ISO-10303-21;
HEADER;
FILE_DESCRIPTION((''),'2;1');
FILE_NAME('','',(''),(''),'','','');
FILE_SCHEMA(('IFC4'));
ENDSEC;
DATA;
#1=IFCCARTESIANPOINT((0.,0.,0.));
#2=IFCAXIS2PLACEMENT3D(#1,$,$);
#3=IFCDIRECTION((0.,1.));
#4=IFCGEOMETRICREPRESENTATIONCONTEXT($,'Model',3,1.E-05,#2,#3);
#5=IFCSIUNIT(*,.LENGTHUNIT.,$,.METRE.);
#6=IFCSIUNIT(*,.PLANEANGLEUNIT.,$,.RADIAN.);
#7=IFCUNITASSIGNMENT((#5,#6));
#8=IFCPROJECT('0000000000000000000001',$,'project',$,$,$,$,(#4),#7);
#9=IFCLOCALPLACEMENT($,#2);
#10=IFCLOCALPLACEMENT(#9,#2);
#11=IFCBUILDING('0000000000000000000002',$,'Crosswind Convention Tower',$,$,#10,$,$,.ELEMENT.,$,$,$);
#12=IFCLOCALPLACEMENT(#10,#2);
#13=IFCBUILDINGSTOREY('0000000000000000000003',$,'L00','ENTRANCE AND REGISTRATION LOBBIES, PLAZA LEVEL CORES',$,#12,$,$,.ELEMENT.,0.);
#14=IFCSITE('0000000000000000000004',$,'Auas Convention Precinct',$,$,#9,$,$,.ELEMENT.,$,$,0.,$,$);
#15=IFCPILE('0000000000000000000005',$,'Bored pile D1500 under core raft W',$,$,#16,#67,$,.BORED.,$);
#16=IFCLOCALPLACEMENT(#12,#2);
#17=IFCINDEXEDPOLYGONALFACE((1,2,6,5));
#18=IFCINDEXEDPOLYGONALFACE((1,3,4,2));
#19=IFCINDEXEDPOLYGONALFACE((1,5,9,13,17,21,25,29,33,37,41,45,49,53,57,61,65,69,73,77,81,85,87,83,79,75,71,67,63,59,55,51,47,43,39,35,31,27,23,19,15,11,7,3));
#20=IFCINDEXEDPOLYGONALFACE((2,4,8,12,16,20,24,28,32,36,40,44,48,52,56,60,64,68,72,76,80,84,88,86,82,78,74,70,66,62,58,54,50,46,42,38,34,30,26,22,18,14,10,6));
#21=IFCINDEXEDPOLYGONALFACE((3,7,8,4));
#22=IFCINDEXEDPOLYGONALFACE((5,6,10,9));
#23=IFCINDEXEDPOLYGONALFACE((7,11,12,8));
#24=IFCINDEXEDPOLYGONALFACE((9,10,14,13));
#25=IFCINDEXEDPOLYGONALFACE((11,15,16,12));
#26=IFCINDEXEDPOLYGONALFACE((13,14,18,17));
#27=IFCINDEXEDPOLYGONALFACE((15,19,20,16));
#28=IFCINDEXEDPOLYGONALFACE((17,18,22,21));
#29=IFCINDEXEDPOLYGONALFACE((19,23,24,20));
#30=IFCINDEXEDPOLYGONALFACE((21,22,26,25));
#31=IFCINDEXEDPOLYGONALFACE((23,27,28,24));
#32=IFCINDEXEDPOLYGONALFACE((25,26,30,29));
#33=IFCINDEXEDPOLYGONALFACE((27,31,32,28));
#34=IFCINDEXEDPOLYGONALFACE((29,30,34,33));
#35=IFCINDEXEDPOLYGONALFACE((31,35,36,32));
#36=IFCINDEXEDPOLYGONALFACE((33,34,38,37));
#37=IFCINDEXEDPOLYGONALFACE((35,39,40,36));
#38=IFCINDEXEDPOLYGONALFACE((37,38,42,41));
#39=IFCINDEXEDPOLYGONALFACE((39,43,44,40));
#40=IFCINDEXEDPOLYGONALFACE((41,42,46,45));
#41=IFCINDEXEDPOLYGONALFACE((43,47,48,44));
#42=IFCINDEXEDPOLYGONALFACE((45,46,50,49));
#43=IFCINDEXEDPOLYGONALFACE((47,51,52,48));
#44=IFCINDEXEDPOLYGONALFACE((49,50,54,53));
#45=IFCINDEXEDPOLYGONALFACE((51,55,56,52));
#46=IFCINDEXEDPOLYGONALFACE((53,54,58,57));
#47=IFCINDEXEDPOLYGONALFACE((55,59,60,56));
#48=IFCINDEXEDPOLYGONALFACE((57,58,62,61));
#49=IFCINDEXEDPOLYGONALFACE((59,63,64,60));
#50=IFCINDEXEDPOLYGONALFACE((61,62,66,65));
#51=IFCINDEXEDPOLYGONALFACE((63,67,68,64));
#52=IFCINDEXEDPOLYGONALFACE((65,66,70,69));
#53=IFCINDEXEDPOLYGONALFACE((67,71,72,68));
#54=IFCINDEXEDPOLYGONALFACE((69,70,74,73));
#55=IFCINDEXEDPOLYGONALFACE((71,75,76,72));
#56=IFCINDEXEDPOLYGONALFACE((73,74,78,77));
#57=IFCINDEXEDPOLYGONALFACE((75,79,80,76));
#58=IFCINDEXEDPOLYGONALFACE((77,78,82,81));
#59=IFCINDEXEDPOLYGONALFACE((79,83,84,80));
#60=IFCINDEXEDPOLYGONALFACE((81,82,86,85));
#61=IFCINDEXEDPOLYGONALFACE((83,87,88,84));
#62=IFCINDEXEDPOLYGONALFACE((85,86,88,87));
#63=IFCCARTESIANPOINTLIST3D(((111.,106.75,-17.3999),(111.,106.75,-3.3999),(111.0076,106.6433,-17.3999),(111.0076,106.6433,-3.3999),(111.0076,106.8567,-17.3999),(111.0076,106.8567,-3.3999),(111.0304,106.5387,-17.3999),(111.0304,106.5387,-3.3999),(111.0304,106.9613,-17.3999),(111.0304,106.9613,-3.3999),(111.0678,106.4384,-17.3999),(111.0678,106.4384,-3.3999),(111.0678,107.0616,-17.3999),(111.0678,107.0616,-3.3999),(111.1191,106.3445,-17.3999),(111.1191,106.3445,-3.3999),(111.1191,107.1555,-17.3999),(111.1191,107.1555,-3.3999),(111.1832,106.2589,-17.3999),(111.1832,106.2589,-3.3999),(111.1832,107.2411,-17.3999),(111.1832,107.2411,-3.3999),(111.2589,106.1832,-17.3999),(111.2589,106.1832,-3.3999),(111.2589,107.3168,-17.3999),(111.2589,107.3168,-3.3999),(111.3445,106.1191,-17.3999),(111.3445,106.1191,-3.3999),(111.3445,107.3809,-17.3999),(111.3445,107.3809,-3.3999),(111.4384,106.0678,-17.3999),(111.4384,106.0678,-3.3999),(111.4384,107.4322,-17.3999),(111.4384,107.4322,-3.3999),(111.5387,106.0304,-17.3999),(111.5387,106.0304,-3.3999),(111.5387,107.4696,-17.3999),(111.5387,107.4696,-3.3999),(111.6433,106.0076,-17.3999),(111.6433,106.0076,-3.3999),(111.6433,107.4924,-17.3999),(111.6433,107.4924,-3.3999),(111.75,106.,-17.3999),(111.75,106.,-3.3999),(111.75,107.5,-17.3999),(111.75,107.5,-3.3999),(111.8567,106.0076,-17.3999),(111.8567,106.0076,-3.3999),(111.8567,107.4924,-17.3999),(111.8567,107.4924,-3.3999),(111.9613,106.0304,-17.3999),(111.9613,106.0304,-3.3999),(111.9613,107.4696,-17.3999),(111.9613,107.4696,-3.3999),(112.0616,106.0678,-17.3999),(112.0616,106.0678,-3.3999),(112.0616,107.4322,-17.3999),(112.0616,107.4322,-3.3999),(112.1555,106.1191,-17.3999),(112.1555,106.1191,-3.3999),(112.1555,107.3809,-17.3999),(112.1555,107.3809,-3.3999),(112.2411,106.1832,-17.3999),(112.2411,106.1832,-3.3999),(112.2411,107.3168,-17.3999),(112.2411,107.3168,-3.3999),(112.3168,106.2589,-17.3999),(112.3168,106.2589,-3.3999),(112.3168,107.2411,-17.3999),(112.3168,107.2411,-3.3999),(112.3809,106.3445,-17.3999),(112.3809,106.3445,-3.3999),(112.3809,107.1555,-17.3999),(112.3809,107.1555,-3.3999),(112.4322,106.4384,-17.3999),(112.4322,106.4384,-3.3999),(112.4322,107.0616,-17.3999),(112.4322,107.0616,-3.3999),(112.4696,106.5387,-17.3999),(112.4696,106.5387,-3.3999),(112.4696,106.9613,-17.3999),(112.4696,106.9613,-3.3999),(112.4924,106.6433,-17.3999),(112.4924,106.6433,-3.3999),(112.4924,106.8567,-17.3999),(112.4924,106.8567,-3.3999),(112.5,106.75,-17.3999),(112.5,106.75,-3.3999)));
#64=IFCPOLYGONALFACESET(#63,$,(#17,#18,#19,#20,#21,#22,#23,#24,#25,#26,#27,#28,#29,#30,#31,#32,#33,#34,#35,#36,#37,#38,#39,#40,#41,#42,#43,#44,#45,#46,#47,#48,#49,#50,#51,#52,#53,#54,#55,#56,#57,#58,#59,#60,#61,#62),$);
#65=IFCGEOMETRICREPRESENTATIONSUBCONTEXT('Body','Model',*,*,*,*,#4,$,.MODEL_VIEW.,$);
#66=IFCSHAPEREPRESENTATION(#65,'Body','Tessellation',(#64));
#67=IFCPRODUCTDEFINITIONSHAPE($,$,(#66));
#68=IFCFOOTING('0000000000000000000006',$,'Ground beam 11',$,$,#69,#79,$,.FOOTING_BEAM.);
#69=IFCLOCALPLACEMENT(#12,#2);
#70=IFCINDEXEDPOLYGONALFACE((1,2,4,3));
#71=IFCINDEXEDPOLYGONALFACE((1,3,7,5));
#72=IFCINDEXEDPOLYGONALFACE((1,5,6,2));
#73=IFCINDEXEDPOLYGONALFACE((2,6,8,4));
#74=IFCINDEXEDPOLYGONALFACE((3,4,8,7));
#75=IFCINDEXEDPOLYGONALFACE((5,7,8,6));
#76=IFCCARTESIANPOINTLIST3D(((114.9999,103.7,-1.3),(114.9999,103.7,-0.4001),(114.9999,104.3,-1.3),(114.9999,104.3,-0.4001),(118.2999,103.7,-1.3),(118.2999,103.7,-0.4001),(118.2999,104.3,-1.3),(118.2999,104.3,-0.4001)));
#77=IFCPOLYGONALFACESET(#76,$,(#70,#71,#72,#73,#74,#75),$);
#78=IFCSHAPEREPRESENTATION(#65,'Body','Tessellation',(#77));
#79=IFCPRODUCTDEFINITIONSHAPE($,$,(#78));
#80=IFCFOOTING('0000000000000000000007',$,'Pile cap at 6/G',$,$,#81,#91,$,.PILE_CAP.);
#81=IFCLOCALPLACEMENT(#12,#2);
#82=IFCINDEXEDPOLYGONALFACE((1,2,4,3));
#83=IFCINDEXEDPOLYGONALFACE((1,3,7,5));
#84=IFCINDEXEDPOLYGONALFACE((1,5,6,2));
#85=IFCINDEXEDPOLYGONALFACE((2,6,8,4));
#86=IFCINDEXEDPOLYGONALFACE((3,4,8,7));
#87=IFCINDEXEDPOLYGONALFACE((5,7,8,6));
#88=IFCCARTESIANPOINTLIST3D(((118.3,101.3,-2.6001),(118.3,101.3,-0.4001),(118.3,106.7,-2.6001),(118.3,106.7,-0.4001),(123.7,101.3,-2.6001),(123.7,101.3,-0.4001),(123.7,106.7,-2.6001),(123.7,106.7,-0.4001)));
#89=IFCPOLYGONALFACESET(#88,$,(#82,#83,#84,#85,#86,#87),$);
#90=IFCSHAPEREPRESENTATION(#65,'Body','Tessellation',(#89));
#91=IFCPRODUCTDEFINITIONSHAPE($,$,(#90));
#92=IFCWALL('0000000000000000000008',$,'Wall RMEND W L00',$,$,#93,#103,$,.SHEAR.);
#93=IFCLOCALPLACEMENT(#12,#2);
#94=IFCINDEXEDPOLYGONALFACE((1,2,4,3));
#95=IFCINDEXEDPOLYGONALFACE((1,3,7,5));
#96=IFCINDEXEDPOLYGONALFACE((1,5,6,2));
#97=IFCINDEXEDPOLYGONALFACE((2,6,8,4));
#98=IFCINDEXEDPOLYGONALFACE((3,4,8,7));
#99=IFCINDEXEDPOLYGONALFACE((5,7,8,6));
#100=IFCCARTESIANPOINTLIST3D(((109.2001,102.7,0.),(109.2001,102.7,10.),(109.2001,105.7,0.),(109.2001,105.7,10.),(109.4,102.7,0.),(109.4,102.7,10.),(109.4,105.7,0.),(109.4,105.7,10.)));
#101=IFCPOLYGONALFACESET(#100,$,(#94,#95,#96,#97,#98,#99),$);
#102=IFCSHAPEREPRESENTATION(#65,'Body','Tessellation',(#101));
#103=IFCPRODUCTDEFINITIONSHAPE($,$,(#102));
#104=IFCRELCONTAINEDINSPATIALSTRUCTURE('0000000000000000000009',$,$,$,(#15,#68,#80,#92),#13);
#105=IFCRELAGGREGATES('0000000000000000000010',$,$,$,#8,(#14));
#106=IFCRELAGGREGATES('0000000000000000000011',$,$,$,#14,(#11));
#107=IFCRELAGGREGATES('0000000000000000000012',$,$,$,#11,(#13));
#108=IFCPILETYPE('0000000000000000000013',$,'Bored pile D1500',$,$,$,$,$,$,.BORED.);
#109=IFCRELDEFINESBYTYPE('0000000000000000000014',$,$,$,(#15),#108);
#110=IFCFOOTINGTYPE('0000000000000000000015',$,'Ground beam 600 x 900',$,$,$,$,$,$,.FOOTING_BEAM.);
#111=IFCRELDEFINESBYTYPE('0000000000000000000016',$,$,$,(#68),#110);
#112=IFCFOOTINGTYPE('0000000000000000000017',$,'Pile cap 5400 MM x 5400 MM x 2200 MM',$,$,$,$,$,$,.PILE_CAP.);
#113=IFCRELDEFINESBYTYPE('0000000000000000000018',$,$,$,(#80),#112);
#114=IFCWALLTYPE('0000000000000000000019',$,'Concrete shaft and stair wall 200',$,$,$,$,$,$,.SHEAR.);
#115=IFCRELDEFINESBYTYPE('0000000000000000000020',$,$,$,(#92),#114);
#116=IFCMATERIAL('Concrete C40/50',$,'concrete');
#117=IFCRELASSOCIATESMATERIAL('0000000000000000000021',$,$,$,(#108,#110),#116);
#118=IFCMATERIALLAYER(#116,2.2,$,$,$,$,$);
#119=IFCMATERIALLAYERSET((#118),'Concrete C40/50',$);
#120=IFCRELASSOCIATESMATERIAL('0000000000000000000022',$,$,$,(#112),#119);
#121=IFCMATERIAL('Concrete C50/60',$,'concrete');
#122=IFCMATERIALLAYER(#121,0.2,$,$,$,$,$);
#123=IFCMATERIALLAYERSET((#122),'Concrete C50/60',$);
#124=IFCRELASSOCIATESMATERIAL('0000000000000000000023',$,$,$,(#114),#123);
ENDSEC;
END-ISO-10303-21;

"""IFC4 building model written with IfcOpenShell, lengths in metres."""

from ifc_helpers import new_model, si_unit, direction, frame, frame_2d, origin, origin_2d, place, context, subcontext, project, spatial, rectangle, circle, extrude, material, layer, layer_set, material_profile, profile_set, type_object, element, save


model = new_model("IFC4")

# Units and contexts
model_context = context("Model", 3, precision=1e-05, world=origin(), true_north=direction((0.0, 1.0)))
body_context = subcontext(model_context, "Body", "Model", "MODEL_VIEW")
ifc_project = project(units=[si_unit("LENGTHUNIT", "METRE"), si_unit("PLANEANGLEUNIT", "RADIAN")], contexts=[model_context])

# Site, building, storey
site_placement = place(None, origin())
site = spatial("IfcSite", under=ifc_project, at=site_placement, Name="Auas Convention Precinct", CompositionType="ELEMENT", RefElevation=0.0)
building_placement = place(site_placement, origin())
building = spatial("IfcBuilding", under=site, at=building_placement, Name="Crosswind Convention Tower", CompositionType="ELEMENT")
storey_placement = place(building_placement, origin())
storey = spatial("IfcBuildingStorey", under=building, at=storey_placement, Name="L00", Description="ENTRANCE AND REGISTRATION LOBBIES, PLAZA LEVEL CORES", CompositionType="ELEMENT", Elevation=0.0)

# Pile
ifc_material_1 = material(Name="Concrete C40/50", Category="concrete")
ifc_material_profile_1 = material_profile(ifc_material_1, circle(Radius=0.75, at=origin_2d()), Name="Bored pile D1500")
ifc_profile_set_1 = profile_set([ifc_material_profile_1], Name="Concrete C40/50")
pile_type_1 = type_object("IfcPileType", Name="Bored pile D1500", PredefinedType="BORED", material=ifc_profile_set_1)
for number, where, z_axis, x_axis, name in (
    (1, (111.75, 106.75, -3.3999), (0.0, 0.0, -1.0), (1.0, 0.0, 0.0), "Bored pile D1500 under core raft W"),
):
    element("IfcPile", number, at=place(storey_placement, frame(where, z_axis=z_axis, x_axis=x_axis)), inside=storey, type_object=pile_type_1, Name=name, PredefinedType="BORED", context=body_context, shape_type="SweptSolid", body=[
        extrude(circle(Radius=0.75, at=origin_2d()), origin(), (0.0, 0.0, 1.0), 14.0),
    ])

# Footings
footing_type_1 = type_object("IfcFootingType", Name="Ground beam 600 x 900", PredefinedType="FOOTING_BEAM", material=ifc_material_1)
footing_1_placement = place(storey_placement, frame((116.6499, 104.0, -1.3), z_axis=(0.0, 0.0, 1.0), x_axis=(1.0, 0.0, 0.0)))
element("IfcFooting", 2, at=footing_1_placement, inside=storey, type_object=footing_type_1, Name="Ground beam 11", PredefinedType="FOOTING_BEAM", context=body_context, shape_type="SweptSolid", body=[
    extrude(rectangle(XDim=3.3, YDim=0.6001, at=origin_2d()), origin(), (0.0, 0.0, 1.0), 0.8999),
])
ifc_layer_1 = layer(ifc_material_1, 2.2)
ifc_layer_set_1 = layer_set([ifc_layer_1], Name="Concrete C40/50")
footing_type_2 = type_object("IfcFootingType", Name="Pile cap 5400 MM x 5400 MM x 2200 MM", PredefinedType="PILE_CAP", material=ifc_layer_set_1)
footing_2_placement = place(storey_placement, frame((121.0, 104.0, -2.6001), z_axis=(0.0, 0.0, 1.0), x_axis=(1.0, 0.0, 0.0)))
element("IfcFooting", 3, at=footing_2_placement, inside=storey, type_object=footing_type_2, Name="Pile cap at 6/G", PredefinedType="PILE_CAP", context=body_context, shape_type="SweptSolid", body=[
    extrude(rectangle(XDim=5.3999, YDim=5.3999, at=origin_2d()), origin(), (0.0, 0.0, 1.0), 2.2),
])

# Shared definitions
ifc_material_2 = material(Name="Concrete C50/60", Category="concrete")

# Wall
ifc_layer_2 = layer(ifc_material_2, 0.2)
ifc_layer_set_2 = layer_set([ifc_layer_2], Name="Concrete C50/60")
wall_type_1 = type_object("IfcWallType", Name="Concrete shaft and stair wall 200", PredefinedType="SHEAR", material=ifc_layer_set_2)
wall_1_placement = place(storey_placement, frame((109.3, 105.7, 0.0), z_axis=(0.0, 0.0, 1.0), x_axis=(0.0, -1.0, 0.0)))
element("IfcWall", 4, at=wall_1_placement, inside=storey, type_object=wall_type_1, Name="Wall RMEND W L00", PredefinedType="SHEAR", context=body_context, shape_type="SweptSolid", body=[
    extrude(rectangle(XDim=3.0, YDim=0.2, at=frame_2d((1.5, 0.0))), origin(), (0.0, 0.0, 1.0), 10.0),
])

save(model, "model.ifc")
